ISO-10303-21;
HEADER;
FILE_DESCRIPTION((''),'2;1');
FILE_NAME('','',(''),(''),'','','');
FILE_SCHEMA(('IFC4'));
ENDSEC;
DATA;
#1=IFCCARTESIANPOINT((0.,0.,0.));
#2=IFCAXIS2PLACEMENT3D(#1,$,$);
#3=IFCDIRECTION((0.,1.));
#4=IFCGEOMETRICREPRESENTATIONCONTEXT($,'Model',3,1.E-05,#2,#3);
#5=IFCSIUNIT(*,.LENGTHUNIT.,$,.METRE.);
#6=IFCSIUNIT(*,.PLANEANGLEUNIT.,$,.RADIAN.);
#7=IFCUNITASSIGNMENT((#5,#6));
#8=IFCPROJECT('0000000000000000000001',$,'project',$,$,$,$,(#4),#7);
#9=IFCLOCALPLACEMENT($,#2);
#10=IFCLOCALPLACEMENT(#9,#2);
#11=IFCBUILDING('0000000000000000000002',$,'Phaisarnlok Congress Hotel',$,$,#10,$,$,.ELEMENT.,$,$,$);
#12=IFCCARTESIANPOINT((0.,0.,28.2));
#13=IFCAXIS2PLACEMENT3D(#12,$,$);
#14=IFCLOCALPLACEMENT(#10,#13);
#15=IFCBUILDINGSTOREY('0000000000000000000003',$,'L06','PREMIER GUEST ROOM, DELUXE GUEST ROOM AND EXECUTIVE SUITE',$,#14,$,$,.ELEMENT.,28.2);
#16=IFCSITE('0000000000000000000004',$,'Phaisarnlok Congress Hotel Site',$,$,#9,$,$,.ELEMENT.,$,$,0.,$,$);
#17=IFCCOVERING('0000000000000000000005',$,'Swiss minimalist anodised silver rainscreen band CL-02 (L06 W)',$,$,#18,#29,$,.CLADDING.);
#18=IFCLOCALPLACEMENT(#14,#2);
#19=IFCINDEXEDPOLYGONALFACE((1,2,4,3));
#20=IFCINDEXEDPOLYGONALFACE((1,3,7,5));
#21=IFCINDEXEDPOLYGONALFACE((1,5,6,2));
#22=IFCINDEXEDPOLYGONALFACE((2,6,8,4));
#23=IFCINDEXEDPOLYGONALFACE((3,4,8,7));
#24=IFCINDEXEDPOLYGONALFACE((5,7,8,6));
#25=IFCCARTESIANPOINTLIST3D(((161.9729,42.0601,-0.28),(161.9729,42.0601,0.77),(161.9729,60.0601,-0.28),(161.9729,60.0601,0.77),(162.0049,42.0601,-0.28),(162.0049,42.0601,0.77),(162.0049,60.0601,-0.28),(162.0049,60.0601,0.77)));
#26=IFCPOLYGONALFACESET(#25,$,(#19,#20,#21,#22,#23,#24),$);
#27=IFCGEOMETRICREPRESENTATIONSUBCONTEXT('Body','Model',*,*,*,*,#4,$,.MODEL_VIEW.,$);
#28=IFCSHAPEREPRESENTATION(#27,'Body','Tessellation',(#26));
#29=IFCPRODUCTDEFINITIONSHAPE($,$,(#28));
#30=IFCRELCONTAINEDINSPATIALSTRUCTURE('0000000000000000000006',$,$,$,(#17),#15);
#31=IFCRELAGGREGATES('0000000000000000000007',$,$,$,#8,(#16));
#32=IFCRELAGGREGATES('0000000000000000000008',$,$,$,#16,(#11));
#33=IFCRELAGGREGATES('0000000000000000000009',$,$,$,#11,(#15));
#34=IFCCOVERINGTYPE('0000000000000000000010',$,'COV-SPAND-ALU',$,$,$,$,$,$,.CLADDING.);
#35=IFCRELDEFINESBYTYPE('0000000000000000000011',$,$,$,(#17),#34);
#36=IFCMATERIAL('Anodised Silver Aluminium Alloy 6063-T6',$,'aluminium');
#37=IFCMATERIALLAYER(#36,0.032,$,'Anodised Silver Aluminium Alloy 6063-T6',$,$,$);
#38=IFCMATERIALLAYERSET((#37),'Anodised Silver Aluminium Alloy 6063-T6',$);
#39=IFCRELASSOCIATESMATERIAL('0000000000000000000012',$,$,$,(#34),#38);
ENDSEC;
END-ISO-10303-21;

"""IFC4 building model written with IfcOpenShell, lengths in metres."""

from ifc_helpers import new_model, si_unit, direction, frame, origin, place, context, subcontext, project, spatial, polyline, outline, extrude, material, layer, layer_set, type_object, element, save


model = new_model("IFC4")

# Units and contexts
model_context = context("Model", 3, precision=1e-05, world=origin(), true_north=direction((0.0, 1.0)))
body_context = subcontext(model_context, "Body", "Model", "MODEL_VIEW")
ifc_project = project(units=[si_unit("LENGTHUNIT", "METRE"), si_unit("PLANEANGLEUNIT", "RADIAN")], contexts=[model_context])

# Site, building, storey
site_placement = place(None, origin())
site = spatial("IfcSite", under=ifc_project, at=site_placement, Name="Phaisarnlok Congress Hotel Site", CompositionType="ELEMENT", RefElevation=0.0)
building_placement = place(site_placement, origin())
building = spatial("IfcBuilding", under=site, at=building_placement, Name="Phaisarnlok Congress Hotel", CompositionType="ELEMENT")
storey_placement = place(building_placement, frame((0.0, 0.0, 28.2)))
storey = spatial("IfcBuildingStorey", under=building, at=storey_placement, Name="L06", Description="PREMIER GUEST ROOM, DELUXE GUEST ROOM AND EXECUTIVE SUITE", CompositionType="ELEMENT", Elevation=28.2)

# Covering
ifc_material_1 = material(Name="Anodised Silver Aluminium Alloy 6063-T6", Category="aluminium")
ifc_layer_1 = layer(ifc_material_1, 0.032, Name="Anodised Silver Aluminium Alloy 6063-T6")
ifc_layer_set_1 = layer_set([ifc_layer_1], Name="Anodised Silver Aluminium Alloy 6063-T6")
covering_type = type_object("IfcCoveringType", Name="COV-SPAND-ALU", PredefinedType="CLADDING", material=ifc_layer_set_1)
covering_placement = place(storey_placement, frame((162.0049, 60.0601, -0.28), z_axis=(-1.0, 0.0, 0.0), x_axis=(0.0, -1.0, 0.0)))
element("IfcCovering", 1, at=covering_placement, inside=storey, type_object=covering_type, Name="Swiss minimalist anodised silver rainscreen band CL-02 (L06 W)", PredefinedType="CLADDING", context=body_context, shape_type="SweptSolid", body=[
    extrude(outline(polyline([(0.0, 0.0), (18.0, 0.0), (18.0, 1.05), (0.0, 1.05), (0.0, 0.0)])), origin(), (0.0, 0.0, 1.0), 0.032),
])

save(model, "model.ifc")
